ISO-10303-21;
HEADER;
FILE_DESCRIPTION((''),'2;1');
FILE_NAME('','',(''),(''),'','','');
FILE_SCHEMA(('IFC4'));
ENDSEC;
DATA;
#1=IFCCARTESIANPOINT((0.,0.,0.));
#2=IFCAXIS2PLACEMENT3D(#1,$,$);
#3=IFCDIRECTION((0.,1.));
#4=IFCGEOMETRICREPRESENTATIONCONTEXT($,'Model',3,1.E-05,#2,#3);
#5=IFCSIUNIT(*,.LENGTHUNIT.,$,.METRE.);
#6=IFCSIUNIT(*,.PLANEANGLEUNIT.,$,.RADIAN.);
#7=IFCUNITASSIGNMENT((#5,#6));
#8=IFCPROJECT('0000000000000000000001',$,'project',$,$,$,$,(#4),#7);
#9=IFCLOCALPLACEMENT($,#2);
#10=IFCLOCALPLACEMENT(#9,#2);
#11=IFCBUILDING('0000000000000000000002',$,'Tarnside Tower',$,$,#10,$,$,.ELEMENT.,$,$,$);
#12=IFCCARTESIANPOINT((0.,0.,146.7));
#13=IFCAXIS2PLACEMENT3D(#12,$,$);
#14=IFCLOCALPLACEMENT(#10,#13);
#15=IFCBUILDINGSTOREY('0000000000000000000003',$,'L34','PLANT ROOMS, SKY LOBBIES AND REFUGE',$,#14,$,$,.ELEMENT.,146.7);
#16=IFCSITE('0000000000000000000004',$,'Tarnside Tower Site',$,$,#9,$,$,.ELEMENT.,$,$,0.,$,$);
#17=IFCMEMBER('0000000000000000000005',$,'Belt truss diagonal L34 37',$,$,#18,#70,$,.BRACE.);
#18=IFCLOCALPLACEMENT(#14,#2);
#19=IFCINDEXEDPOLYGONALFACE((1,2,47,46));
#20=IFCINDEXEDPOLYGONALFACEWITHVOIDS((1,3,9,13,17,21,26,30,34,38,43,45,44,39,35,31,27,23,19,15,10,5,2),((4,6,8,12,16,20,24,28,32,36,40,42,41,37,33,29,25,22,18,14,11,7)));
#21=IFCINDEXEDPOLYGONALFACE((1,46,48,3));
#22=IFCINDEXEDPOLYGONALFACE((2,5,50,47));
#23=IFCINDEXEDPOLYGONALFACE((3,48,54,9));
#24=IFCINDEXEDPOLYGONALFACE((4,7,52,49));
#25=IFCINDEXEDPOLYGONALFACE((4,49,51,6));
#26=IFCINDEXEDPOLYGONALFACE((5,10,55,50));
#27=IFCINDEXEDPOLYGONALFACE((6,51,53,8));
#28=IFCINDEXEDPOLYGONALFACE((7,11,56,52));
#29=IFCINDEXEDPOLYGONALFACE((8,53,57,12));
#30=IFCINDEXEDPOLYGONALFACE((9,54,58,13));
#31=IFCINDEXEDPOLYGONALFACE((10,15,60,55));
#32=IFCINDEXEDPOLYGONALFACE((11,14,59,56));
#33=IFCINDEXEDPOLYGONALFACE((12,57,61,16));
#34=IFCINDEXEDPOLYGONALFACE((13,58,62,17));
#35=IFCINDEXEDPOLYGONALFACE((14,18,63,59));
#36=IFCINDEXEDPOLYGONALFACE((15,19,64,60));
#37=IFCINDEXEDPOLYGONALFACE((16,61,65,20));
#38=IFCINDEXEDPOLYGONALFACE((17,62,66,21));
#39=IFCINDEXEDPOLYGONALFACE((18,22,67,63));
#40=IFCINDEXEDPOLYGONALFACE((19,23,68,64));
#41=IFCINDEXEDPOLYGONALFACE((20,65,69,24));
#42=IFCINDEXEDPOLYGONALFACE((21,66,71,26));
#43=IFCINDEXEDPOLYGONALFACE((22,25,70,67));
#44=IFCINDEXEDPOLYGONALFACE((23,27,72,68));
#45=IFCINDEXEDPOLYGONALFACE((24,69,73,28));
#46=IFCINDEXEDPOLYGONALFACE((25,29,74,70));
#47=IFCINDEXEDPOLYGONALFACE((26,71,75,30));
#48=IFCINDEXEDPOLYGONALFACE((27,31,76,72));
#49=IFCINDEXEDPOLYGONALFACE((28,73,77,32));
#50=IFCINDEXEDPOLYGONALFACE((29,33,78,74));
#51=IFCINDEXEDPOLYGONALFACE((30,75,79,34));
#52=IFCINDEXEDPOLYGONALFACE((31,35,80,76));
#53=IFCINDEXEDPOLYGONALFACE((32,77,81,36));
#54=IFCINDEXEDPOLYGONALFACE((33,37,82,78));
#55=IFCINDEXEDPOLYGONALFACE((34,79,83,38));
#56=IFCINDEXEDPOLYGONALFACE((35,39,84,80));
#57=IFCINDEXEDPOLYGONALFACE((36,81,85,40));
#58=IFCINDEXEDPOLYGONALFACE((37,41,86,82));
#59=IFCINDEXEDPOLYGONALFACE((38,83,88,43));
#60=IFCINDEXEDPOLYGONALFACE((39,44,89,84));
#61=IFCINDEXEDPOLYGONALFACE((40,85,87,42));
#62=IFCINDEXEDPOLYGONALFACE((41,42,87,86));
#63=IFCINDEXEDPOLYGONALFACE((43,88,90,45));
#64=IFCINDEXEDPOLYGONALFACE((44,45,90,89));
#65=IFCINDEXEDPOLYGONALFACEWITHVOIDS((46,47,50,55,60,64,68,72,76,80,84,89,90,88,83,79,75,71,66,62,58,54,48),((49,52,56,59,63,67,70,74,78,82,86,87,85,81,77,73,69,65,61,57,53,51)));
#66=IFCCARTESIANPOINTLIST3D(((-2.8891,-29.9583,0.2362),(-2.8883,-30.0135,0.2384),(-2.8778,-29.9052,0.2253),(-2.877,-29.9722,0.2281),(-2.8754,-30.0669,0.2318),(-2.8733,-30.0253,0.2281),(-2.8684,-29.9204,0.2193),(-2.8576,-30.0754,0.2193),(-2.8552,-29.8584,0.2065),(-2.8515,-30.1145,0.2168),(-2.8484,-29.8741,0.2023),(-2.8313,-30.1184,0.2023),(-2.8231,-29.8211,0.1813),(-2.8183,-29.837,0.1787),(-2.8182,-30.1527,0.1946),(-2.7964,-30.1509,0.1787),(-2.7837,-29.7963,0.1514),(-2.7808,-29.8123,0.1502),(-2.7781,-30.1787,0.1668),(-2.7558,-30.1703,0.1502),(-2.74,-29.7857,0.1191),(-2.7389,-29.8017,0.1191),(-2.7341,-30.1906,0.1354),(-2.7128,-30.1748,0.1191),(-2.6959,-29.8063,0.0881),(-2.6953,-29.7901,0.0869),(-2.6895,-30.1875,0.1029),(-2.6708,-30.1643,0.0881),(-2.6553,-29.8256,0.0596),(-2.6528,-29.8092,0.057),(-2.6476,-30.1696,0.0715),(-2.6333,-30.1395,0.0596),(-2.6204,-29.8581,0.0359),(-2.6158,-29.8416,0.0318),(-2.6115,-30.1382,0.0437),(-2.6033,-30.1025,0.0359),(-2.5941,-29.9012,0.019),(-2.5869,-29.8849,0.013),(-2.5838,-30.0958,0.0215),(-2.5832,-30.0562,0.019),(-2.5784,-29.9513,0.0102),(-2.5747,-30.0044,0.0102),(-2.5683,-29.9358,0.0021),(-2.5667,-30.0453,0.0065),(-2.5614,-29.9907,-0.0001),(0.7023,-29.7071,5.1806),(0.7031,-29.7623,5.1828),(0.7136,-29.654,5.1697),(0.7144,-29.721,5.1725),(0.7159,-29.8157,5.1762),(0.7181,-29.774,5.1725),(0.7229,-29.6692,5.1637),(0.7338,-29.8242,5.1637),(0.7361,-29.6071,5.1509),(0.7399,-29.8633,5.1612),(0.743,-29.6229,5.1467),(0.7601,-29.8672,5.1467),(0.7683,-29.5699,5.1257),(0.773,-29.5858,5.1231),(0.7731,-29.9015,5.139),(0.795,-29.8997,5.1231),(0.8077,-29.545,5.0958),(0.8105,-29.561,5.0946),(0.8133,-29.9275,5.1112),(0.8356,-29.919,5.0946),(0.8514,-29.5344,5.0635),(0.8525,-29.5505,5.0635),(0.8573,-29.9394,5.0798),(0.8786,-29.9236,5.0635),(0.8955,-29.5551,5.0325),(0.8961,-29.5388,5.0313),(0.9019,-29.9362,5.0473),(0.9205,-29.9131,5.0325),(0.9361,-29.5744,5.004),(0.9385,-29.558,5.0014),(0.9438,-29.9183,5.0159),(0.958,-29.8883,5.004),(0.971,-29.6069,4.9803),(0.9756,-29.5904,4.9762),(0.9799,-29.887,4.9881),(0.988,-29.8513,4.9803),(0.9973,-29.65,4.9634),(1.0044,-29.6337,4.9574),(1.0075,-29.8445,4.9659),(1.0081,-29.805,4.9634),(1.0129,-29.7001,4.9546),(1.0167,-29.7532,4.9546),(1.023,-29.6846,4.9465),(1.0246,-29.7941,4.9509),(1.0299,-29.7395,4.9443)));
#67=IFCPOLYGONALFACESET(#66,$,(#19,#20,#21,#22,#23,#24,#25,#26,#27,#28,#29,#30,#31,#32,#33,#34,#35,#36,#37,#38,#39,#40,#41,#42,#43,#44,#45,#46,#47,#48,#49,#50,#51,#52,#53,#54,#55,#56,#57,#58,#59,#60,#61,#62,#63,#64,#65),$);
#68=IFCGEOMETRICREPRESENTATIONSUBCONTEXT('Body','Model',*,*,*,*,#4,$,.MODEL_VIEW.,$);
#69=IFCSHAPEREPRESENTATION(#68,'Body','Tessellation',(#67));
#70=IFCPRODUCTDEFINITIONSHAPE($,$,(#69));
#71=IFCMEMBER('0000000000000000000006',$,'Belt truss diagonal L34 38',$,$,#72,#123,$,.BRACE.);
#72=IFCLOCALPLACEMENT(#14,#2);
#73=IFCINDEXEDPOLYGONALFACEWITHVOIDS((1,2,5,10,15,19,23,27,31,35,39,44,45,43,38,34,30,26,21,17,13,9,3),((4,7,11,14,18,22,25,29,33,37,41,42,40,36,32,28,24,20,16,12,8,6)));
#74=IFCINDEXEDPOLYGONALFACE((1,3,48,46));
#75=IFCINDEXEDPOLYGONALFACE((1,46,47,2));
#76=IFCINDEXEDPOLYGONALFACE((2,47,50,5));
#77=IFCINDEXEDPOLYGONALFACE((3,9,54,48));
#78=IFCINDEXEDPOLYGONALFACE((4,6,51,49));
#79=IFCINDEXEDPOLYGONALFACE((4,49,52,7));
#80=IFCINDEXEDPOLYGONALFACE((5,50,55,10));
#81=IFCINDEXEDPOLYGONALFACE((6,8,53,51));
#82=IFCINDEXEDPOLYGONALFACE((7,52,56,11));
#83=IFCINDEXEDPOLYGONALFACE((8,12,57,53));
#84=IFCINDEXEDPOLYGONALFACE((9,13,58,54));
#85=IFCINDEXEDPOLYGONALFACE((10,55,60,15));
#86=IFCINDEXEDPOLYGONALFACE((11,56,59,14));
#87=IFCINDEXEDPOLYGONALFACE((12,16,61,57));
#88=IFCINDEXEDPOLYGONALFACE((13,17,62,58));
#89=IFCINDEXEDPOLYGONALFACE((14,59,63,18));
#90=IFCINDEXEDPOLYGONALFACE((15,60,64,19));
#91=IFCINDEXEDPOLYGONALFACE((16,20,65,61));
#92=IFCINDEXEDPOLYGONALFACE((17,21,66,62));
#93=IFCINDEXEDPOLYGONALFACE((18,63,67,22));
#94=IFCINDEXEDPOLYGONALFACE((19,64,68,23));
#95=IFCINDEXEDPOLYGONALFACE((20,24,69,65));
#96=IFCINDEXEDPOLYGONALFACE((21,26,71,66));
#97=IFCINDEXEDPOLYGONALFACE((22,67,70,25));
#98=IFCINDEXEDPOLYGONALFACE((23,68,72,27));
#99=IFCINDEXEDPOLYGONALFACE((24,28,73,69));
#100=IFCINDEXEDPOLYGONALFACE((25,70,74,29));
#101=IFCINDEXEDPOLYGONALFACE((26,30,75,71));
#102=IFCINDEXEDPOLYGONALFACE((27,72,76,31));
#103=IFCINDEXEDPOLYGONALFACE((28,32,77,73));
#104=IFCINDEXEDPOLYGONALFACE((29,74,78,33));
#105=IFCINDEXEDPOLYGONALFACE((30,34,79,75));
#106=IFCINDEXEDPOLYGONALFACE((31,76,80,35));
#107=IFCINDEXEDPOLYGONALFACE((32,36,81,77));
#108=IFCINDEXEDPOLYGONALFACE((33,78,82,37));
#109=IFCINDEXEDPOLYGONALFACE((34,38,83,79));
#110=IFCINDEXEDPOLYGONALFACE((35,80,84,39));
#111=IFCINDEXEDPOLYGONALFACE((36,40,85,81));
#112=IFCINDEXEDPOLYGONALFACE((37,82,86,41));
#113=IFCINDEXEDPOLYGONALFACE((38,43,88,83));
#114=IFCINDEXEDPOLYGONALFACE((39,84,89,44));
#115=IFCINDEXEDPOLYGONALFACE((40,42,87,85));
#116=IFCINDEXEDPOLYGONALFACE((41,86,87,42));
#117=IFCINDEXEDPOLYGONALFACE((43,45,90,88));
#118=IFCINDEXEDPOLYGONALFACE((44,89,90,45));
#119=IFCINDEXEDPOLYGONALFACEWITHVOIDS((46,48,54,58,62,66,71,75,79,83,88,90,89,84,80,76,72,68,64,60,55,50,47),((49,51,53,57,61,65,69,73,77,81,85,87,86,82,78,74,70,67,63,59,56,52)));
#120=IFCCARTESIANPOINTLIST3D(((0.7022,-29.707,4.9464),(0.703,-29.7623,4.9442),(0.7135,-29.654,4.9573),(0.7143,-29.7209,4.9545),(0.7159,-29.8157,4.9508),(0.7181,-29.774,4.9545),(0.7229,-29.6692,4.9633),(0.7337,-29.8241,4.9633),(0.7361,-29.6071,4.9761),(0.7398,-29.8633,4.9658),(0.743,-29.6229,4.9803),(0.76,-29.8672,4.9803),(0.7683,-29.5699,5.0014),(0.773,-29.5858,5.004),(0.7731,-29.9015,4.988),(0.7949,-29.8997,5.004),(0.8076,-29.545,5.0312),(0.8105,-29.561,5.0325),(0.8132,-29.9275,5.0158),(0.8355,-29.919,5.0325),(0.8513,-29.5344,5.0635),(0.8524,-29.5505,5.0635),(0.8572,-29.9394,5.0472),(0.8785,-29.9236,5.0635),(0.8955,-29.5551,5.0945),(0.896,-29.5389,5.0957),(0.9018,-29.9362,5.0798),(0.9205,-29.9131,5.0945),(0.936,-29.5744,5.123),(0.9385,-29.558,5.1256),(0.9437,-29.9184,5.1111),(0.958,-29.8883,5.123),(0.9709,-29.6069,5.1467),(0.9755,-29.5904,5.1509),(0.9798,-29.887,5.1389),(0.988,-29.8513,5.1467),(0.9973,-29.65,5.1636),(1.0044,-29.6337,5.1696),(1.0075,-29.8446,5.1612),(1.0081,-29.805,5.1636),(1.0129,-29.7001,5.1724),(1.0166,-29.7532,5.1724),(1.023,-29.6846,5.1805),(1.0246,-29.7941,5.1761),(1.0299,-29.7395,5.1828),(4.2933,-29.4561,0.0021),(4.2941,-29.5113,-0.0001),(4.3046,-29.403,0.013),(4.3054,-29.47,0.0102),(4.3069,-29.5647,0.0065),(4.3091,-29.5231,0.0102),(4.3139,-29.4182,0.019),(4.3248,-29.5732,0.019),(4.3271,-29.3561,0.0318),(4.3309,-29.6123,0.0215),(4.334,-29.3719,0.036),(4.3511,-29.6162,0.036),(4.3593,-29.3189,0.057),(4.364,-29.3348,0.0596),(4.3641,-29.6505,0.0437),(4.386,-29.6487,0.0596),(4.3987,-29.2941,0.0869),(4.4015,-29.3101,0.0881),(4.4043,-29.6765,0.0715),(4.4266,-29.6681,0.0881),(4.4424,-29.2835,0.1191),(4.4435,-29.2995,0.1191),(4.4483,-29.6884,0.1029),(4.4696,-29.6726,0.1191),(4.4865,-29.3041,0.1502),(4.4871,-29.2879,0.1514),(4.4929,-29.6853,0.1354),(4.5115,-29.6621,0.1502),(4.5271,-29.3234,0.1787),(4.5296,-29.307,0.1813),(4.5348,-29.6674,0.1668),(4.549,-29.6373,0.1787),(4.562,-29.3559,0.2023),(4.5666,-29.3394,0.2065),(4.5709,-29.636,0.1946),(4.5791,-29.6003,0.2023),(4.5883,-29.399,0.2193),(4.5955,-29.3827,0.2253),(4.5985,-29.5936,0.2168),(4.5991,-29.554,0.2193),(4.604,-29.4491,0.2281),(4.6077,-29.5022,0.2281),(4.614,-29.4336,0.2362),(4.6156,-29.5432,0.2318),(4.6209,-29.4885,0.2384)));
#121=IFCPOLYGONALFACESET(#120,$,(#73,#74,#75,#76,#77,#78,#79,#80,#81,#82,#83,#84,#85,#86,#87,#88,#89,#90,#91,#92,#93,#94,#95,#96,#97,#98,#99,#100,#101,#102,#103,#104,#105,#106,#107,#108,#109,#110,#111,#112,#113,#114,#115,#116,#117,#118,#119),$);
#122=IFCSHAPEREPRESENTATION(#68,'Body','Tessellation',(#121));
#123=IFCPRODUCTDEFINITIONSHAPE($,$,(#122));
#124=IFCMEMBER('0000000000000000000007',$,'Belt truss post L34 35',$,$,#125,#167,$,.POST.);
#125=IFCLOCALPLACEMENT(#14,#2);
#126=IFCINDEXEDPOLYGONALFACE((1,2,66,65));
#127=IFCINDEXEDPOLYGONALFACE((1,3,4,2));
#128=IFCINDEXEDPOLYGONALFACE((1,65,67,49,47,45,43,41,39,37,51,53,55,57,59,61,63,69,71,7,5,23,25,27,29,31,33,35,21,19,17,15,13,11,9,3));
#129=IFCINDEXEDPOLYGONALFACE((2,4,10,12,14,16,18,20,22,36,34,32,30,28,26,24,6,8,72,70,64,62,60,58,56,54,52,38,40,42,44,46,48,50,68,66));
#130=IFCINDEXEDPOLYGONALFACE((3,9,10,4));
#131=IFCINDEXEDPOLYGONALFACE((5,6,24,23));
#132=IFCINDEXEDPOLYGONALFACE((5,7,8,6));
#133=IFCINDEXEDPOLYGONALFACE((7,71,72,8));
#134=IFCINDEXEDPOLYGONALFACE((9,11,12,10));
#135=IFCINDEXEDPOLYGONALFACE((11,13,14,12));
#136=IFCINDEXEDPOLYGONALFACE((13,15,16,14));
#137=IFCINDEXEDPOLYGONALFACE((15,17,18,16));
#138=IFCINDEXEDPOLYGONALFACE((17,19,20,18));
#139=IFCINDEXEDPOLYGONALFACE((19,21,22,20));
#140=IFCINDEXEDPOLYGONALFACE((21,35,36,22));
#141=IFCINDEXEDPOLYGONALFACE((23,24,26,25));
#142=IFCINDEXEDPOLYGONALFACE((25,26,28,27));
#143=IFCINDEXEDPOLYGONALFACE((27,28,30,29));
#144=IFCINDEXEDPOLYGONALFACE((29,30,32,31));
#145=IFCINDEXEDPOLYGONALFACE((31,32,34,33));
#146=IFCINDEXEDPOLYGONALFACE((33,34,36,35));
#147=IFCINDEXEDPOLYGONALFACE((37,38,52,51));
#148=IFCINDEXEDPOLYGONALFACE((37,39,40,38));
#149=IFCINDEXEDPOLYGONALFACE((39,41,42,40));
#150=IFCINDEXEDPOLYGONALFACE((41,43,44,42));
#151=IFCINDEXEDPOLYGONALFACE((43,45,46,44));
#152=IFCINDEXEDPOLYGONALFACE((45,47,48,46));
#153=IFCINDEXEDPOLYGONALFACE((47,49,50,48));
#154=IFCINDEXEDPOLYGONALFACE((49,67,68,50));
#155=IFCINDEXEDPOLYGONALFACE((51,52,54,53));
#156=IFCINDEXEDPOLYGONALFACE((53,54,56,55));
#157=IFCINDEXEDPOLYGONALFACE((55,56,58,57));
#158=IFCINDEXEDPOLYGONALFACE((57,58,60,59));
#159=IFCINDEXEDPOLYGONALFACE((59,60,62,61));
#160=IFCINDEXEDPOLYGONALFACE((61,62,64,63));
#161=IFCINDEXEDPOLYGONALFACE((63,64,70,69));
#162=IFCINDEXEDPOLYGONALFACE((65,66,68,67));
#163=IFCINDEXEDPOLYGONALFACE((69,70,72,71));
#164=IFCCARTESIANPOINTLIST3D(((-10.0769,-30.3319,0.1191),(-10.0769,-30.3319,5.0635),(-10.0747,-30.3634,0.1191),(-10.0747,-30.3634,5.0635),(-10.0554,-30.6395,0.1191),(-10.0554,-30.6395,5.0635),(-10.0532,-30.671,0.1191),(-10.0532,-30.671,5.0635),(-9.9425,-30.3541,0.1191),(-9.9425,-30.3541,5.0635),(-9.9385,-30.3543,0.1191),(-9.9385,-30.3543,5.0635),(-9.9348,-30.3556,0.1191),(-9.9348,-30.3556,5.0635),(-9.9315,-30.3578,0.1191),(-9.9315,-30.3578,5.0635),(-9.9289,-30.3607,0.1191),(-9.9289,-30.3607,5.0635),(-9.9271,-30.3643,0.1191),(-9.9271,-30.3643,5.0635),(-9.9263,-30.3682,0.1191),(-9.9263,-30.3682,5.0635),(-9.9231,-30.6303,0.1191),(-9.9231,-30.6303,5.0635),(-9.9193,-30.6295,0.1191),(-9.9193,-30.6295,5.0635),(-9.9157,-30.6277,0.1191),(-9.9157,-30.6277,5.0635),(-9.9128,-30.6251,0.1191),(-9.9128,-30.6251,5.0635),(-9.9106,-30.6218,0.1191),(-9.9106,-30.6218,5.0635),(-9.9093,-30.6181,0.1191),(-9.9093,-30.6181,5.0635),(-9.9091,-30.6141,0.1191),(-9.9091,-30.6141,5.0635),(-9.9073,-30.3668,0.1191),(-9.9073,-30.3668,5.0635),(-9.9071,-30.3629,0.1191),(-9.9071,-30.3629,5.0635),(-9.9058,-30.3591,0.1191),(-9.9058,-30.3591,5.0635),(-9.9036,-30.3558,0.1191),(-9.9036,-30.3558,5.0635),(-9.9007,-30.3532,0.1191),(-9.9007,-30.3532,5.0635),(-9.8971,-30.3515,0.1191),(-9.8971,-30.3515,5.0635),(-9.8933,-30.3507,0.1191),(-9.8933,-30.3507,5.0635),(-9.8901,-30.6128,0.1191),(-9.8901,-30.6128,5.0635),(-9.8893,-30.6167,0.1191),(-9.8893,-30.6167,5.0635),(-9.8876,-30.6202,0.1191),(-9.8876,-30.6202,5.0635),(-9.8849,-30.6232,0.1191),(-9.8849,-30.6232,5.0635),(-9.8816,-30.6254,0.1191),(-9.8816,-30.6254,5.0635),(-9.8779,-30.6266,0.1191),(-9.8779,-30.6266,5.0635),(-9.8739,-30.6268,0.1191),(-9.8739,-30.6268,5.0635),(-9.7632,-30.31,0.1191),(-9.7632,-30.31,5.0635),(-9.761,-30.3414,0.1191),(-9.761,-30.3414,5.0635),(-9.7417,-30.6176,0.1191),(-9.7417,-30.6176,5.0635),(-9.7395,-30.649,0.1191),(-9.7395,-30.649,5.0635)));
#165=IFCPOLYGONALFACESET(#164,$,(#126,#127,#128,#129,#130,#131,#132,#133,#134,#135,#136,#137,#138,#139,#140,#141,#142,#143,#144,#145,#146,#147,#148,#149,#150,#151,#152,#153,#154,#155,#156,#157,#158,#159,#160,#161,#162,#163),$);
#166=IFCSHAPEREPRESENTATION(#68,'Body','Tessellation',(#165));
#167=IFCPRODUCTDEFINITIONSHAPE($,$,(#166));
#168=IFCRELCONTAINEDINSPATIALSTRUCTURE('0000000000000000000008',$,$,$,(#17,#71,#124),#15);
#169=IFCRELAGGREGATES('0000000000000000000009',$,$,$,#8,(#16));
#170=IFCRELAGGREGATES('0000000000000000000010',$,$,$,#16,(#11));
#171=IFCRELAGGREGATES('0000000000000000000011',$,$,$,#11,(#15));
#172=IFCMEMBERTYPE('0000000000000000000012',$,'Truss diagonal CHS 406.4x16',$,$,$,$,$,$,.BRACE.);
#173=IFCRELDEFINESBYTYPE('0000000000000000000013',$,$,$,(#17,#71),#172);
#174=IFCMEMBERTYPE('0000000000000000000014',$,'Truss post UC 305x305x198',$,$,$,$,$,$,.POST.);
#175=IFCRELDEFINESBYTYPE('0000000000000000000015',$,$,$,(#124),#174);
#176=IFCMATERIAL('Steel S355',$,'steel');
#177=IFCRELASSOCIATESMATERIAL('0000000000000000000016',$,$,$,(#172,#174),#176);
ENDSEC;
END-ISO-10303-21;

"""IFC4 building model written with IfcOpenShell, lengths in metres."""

from ifc_helpers import new_model, si_unit, direction, frame, origin, origin_2d, place, context, subcontext, project, spatial, hollow_circle, i_section, extrude, material, material_profile, profile_set, type_object, element, save


model = new_model("IFC4")

# Units and contexts
model_context = context("Model", 3, precision=1e-05, world=origin(), true_north=direction((0.0, 1.0)))
body_context = subcontext(model_context, "Body", "Model", "MODEL_VIEW")
ifc_project = project(units=[si_unit("LENGTHUNIT", "METRE"), si_unit("PLANEANGLEUNIT", "RADIAN")], contexts=[model_context])

# Site, building, storey
site_placement = place(None, origin())
site = spatial("IfcSite", under=ifc_project, at=site_placement, Name="Tarnside Tower Site", CompositionType="ELEMENT", RefElevation=0.0)
building_placement = place(site_placement, origin())
building = spatial("IfcBuilding", under=site, at=building_placement, Name="Tarnside Tower", CompositionType="ELEMENT")
storey_placement = place(building_placement, frame((0.0, 0.0, 146.7)))
storey = spatial("IfcBuildingStorey", under=building, at=storey_placement, Name="L34", Description="PLANT ROOMS, SKY LOBBIES AND REFUGE", CompositionType="ELEMENT", Elevation=146.7)

# Shared definitions
ifc_material_1 = material(Name="Steel S355", Category="steel")

# Members
ifc_material_profile_1 = material_profile(ifc_material_1, hollow_circle(Radius=0.2031, WallThickness=0.0161, at=origin_2d()), Name="CHS 406.4x16")
ifc_profile_set_1 = profile_set([ifc_material_profile_1], Name="Steel S355")
member_type_1 = type_object("IfcMemberType", Name="Truss diagonal CHS 406.4x16", PredefinedType="BRACE", material=ifc_profile_set_1)
for number, where, z_axis, x_axis, name in (
    (1, (-2.7258, -29.9883, 0.1191), (0.587186, 0.041075, 0.808409), (-0.069782, 0.997562, 0.0), "Belt truss diagonal L34 37"),
):
    element("IfcMember", number, at=place(storey_placement, frame(where, z_axis=z_axis, x_axis=x_axis)), inside=storey, type_object=member_type_1, Name=name, PredefinedType="BRACE", context=body_context, shape_type="SweptSolid", body=[
        extrude(hollow_circle(Radius=0.2031, WallThickness=0.0161, at=origin_2d()), origin(), (0.0, 0.0, 1.0), 6.1162),
    ])
member_1_placement = place(storey_placement, frame((0.8655, -29.7371, 5.0635), z_axis=(0.587161, 0.041036, -0.808429), x_axis=(-0.069719, 0.997567, 0.0)))
element("IfcMember", 2, at=member_1_placement, inside=storey, type_object=member_type_1, Name="Belt truss diagonal L34 38", PredefinedType="BRACE", context=body_context, shape_type="SweptSolid", body=[
    extrude(hollow_circle(Radius=0.2031, WallThickness=0.0161, at=origin_2d()), origin(), (0.0, 0.0, 1.0), 6.116),
])
ifc_material_profile_2 = material_profile(ifc_material_1, i_section(OverallWidth=0.3145, OverallDepth=0.3398, WebThickness=0.019, FlangeThickness=0.0315, FilletRadius=0.0151, at=origin_2d()), Name="UC 305x305x198")
ifc_profile_set_2 = profile_set([ifc_material_profile_2], Name="Steel S355")
member_type_2 = type_object("IfcMemberType", Name="Truss post UC 305x305x198", PredefinedType="POST", material=ifc_profile_set_2)
for number, where, z_axis, x_axis, name in (
    (3, (-9.9082, -30.4905, 0.1191), (0.0, 0.0, 1.0), (0.997564, 0.069756, 0.0), "Belt truss post L34 35"),
):
    element("IfcMember", number, at=place(storey_placement, frame(where, z_axis=z_axis, x_axis=x_axis)), inside=storey, type_object=member_type_2, Name=name, PredefinedType="POST", context=body_context, shape_type="SweptSolid", body=[
        extrude(i_section(OverallWidth=0.3145, OverallDepth=0.3398, WebThickness=0.019, FlangeThickness=0.0315, FilletRadius=0.0151, at=origin_2d()), origin(), (0.0, 0.0, 1.0), 4.9443),
    ])

save(model, "model.ifc")
